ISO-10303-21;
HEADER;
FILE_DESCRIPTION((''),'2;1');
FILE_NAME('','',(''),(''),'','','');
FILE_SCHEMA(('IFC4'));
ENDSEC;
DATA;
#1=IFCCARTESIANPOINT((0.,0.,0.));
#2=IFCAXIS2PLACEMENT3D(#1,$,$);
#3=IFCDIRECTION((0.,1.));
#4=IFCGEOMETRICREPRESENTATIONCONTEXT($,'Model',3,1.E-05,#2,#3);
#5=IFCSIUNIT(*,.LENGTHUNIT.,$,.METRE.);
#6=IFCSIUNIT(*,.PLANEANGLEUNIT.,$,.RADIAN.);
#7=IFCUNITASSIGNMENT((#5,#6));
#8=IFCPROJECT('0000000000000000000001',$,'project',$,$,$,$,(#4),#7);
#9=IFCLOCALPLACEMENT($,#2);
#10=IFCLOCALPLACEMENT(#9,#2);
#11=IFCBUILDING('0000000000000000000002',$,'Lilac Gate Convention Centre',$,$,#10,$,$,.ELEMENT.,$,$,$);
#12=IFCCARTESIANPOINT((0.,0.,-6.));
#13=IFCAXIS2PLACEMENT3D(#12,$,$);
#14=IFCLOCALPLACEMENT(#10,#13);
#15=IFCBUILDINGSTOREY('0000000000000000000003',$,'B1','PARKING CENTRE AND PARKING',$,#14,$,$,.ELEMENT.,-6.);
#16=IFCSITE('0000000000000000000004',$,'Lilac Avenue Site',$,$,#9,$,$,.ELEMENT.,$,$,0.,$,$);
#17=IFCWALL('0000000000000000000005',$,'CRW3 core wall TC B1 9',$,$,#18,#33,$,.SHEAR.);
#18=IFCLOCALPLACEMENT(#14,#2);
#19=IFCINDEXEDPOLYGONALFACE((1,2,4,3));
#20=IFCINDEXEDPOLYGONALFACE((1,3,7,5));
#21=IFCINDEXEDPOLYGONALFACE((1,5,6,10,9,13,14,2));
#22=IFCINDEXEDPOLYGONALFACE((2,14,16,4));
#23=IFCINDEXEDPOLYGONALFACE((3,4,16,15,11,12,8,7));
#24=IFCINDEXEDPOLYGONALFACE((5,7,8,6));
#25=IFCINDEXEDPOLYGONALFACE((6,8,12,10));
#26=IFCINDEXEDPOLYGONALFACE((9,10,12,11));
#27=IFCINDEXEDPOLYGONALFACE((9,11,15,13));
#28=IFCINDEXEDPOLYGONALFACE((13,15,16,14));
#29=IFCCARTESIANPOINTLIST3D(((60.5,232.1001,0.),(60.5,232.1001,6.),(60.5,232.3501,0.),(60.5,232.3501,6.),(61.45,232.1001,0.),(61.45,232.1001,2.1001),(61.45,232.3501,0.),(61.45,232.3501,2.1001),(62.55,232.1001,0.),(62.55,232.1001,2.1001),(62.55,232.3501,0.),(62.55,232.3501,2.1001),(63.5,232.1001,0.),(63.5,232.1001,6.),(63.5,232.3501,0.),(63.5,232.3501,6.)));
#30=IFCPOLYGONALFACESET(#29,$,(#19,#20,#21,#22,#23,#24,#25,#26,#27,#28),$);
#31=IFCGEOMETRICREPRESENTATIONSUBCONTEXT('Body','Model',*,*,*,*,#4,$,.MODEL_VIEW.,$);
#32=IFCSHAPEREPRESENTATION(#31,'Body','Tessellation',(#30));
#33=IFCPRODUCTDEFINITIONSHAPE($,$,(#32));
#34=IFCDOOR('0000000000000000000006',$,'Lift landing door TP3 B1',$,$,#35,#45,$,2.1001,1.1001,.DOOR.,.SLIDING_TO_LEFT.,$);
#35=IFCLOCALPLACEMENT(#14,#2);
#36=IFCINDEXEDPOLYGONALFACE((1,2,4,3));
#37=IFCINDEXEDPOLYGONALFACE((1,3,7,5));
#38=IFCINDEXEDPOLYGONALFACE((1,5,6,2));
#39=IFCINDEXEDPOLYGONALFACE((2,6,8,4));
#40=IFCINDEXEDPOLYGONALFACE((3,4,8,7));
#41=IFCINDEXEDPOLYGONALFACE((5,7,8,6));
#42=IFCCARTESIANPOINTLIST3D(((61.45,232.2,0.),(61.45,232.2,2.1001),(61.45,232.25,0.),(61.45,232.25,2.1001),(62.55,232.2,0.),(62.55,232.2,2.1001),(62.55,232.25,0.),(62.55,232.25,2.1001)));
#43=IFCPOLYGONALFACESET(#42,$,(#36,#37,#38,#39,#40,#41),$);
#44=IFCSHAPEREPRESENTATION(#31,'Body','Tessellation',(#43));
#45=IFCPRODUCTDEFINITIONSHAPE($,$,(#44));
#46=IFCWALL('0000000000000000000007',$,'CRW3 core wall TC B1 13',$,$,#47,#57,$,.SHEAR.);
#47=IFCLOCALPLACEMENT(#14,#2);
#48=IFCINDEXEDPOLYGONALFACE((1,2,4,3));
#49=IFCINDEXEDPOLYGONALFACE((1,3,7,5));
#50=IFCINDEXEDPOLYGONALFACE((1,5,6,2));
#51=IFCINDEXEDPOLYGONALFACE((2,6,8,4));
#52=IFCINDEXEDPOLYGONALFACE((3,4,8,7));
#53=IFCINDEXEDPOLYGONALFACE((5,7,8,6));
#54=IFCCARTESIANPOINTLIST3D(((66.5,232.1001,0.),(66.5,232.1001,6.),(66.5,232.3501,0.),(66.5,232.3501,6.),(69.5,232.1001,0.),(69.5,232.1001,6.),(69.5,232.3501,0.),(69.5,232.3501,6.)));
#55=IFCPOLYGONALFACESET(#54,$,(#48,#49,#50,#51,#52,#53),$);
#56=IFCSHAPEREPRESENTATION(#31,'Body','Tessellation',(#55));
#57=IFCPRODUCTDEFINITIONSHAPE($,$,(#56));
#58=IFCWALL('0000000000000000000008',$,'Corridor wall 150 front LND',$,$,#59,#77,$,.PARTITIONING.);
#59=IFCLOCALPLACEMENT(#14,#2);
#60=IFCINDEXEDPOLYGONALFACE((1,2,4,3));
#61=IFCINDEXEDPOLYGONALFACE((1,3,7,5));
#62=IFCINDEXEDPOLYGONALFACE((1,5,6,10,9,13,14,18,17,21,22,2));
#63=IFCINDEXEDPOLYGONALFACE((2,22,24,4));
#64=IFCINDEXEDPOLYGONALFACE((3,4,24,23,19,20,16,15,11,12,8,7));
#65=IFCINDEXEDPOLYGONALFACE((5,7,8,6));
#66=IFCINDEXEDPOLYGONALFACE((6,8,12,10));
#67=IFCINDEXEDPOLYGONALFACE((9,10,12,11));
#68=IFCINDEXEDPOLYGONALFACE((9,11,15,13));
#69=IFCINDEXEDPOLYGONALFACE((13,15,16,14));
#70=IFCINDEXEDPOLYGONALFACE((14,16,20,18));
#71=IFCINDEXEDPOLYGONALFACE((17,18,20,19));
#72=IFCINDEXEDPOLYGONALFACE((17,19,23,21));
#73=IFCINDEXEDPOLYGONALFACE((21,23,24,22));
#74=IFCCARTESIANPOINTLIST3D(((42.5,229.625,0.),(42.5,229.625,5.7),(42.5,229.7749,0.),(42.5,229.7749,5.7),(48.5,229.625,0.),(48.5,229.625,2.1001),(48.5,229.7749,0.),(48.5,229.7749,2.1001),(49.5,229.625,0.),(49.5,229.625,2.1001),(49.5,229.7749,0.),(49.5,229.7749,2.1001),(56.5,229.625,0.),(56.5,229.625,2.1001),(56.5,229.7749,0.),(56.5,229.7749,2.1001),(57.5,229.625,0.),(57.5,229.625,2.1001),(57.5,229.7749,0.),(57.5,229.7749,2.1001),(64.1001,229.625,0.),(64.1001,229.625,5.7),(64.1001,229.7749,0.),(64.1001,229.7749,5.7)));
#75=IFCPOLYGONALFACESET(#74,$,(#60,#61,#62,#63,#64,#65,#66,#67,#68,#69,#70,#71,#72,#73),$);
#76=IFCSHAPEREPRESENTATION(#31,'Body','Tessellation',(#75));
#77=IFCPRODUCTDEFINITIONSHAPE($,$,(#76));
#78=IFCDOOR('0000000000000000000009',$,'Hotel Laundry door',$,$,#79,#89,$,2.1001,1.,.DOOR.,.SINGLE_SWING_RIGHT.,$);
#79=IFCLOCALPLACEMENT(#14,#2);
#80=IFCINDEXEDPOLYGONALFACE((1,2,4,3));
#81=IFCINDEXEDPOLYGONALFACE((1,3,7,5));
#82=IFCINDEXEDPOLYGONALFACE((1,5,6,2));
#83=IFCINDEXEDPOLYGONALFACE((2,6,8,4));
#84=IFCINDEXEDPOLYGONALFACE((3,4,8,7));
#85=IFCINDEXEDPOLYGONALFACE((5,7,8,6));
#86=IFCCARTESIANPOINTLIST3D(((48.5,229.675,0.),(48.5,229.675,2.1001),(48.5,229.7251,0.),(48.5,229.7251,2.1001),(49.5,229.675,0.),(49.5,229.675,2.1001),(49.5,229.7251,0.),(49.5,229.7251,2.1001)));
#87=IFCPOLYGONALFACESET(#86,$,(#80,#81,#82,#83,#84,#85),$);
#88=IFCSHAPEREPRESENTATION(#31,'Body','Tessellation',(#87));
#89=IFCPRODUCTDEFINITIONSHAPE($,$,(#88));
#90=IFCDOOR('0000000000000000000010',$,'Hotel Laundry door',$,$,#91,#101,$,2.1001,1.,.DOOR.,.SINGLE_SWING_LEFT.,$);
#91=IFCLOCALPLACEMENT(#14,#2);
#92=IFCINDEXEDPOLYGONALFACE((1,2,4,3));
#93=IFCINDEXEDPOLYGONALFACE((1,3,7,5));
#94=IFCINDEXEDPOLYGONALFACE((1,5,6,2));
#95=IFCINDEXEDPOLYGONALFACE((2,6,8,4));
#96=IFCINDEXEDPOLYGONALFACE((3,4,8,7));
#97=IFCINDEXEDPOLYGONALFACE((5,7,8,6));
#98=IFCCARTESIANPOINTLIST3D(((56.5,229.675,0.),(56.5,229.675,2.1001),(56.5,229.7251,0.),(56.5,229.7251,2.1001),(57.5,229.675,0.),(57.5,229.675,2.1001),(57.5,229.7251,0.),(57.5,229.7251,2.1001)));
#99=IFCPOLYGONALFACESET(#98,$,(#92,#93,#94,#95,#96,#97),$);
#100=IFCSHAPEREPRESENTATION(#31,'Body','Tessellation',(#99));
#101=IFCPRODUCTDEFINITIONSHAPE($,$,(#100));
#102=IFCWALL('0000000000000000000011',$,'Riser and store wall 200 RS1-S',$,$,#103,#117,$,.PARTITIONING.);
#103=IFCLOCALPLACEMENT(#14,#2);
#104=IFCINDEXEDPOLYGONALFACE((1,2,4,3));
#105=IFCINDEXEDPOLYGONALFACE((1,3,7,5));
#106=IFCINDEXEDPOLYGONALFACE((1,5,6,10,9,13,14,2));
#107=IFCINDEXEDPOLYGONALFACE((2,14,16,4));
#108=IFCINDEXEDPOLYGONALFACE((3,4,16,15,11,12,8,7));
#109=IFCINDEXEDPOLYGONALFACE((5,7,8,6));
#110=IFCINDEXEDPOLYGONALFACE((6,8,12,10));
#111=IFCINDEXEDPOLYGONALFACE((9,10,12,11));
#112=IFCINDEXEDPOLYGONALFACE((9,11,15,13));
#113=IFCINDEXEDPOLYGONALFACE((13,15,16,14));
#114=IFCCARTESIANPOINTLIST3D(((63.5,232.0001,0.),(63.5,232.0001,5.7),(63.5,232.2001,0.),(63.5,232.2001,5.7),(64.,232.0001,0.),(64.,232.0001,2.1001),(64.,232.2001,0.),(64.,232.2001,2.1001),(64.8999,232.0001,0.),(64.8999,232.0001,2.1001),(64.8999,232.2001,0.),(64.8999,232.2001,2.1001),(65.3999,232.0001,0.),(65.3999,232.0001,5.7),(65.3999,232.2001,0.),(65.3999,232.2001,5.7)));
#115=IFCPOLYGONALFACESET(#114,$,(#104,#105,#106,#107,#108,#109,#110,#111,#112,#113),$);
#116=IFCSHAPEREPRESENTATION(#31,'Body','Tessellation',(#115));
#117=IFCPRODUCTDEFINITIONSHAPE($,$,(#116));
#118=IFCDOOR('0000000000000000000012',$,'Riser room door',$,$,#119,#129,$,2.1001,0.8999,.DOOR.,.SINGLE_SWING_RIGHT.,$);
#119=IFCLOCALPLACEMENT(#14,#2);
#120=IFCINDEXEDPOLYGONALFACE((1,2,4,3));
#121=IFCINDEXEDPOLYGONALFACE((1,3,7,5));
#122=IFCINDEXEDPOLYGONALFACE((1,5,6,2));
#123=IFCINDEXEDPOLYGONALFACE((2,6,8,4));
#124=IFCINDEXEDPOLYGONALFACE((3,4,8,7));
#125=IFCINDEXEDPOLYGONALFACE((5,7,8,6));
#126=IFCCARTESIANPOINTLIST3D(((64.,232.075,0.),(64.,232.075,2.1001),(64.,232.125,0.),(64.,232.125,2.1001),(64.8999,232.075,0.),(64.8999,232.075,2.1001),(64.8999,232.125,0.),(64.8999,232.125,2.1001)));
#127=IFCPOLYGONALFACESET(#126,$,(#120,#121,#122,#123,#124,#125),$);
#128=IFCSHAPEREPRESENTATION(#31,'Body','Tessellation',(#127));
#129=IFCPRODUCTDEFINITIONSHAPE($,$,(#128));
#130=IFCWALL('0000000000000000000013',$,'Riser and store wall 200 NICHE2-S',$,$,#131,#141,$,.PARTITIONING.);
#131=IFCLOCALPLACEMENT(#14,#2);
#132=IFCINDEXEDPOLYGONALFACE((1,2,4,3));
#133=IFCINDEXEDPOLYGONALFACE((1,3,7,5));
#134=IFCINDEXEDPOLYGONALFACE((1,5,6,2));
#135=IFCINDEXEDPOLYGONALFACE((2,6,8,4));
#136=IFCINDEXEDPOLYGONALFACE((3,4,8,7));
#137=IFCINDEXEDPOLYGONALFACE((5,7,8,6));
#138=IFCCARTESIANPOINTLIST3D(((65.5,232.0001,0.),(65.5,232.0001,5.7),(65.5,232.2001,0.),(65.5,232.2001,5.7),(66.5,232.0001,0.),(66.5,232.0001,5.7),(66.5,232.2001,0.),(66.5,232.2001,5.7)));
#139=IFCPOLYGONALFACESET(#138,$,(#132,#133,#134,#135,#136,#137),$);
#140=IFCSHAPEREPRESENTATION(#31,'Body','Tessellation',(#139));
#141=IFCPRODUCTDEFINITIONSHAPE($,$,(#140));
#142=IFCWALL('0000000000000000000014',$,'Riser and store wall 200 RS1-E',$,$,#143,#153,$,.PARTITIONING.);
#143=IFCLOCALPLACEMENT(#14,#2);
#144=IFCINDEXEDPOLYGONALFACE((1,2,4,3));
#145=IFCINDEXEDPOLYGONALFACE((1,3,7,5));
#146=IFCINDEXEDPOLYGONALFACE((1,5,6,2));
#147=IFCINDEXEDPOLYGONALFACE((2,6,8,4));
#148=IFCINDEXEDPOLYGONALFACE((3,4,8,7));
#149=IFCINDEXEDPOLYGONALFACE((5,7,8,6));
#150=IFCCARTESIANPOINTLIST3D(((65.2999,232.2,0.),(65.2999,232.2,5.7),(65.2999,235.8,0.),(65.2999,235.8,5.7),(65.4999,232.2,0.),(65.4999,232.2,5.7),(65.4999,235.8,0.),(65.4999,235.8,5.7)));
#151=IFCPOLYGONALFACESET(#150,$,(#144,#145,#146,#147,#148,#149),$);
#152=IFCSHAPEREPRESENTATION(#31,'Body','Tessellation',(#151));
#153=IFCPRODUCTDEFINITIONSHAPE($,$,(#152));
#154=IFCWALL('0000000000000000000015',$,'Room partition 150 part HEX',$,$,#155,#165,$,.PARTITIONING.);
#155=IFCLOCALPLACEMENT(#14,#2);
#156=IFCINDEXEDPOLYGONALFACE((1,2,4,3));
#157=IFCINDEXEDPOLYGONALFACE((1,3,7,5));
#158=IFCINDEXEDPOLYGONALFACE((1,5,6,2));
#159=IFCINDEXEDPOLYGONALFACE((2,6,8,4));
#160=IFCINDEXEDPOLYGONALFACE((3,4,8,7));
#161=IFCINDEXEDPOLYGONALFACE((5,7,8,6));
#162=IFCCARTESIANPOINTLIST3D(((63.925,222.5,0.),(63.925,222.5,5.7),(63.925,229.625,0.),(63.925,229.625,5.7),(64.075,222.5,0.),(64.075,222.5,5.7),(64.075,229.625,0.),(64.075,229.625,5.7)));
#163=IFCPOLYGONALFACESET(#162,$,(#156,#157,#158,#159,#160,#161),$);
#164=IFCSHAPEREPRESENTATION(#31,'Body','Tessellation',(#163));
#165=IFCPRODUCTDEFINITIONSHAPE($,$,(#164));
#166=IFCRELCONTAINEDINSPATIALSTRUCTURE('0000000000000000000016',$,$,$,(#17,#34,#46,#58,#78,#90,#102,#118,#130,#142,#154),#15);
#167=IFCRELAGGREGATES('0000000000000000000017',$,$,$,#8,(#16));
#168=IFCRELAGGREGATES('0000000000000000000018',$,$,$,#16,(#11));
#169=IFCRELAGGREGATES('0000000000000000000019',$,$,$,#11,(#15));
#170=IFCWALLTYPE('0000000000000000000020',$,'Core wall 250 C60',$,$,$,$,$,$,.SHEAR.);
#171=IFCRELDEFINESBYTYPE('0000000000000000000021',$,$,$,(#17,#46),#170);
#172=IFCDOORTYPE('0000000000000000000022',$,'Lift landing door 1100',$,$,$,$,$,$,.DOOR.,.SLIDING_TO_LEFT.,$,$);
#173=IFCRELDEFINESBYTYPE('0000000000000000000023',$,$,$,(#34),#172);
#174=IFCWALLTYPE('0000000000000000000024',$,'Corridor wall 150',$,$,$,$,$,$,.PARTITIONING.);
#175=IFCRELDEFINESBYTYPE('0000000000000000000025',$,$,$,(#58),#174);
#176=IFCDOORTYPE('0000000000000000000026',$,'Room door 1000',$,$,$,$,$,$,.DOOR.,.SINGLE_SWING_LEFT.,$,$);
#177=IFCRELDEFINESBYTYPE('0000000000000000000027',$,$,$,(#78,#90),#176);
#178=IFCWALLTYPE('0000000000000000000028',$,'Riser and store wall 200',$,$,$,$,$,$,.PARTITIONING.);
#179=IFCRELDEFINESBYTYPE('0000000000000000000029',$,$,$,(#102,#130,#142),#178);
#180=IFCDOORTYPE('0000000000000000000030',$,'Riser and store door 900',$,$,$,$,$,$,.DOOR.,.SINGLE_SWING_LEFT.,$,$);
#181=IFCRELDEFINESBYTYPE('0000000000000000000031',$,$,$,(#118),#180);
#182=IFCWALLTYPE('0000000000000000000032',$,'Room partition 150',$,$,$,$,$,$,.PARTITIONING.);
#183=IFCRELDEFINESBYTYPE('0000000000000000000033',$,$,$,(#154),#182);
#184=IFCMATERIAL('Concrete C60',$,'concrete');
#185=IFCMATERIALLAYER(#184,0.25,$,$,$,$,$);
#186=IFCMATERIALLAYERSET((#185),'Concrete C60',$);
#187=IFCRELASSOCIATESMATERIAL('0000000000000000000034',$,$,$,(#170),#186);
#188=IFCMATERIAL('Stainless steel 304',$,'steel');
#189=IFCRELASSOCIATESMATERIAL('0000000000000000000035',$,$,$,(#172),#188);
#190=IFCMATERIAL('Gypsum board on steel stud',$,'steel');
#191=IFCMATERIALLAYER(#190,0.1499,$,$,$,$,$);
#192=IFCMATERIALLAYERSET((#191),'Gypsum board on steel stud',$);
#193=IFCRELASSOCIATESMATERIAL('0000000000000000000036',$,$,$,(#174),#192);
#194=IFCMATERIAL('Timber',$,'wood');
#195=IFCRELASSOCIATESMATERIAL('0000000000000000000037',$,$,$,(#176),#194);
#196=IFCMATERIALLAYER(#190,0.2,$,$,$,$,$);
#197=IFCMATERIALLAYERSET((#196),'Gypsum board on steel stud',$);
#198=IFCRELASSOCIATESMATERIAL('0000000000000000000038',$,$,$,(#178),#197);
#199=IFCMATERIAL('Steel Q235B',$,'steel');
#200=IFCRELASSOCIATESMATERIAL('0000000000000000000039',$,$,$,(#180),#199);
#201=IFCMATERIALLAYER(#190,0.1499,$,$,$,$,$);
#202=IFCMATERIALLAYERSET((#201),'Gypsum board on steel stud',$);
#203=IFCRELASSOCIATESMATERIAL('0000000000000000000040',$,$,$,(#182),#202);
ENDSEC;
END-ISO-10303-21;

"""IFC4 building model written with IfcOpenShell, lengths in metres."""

from ifc_helpers import new_model, si_unit, direction, frame, frame_2d, origin, place, context, subcontext, project, spatial, rectangle, extrude, material, layer, layer_set, type_object, element, fill, save


model = new_model("IFC4")

# Units and contexts
model_context = context("Model", 3, precision=1e-05, world=origin(), true_north=direction((0.0, 1.0)))
body_context = subcontext(model_context, "Body", "Model", "MODEL_VIEW")
ifc_project = project(units=[si_unit("LENGTHUNIT", "METRE"), si_unit("PLANEANGLEUNIT", "RADIAN")], contexts=[model_context])

# Site, building, storey
site_placement = place(None, origin())
site = spatial("IfcSite", under=ifc_project, at=site_placement, Name="Lilac Avenue Site", CompositionType="ELEMENT", RefElevation=0.0)
building_placement = place(site_placement, origin())
building = spatial("IfcBuilding", under=site, at=building_placement, Name="Lilac Gate Convention Centre", CompositionType="ELEMENT")
storey_placement = place(building_placement, frame((0.0, 0.0, -6.0)))
storey = spatial("IfcBuildingStorey", under=building, at=storey_placement, Name="B1", Description="PARKING CENTRE AND PARKING", CompositionType="ELEMENT", Elevation=-6.0)

# Wall, opening, door
ifc_material_1 = material(Name="Concrete C60", Category="concrete")
ifc_layer_1 = layer(ifc_material_1, 0.25)
ifc_layer_set_1 = layer_set([ifc_layer_1], Name="Concrete C60")
wall_type_1 = type_object("IfcWallType", Name="Core wall 250 C60", PredefinedType="SHEAR", material=ifc_layer_set_1)
ifc_material_2 = material(Name="Stainless steel 304", Category="steel")
door_type_1 = type_object("IfcDoorType", Name="Lift landing door 1100", OperationType="SLIDING_TO_LEFT", PredefinedType="DOOR", material=ifc_material_2)
wall_1_placement = place(storey_placement, frame((60.5, 232.2251, 0.0), z_axis=(0.0, 0.0, 1.0), x_axis=(1.0, 0.0, 0.0)))
wall_1 = element("IfcWall", 1, at=wall_1_placement, inside=storey, type_object=wall_type_1, Name="CRW3 core wall TC B1 9", PredefinedType="SHEAR", context=body_context, shape_type="SweptSolid", body=[
    extrude(rectangle(XDim=3.0, YDim=0.25, at=frame_2d((1.5, 0.0))), origin(), (0.0, 0.0, 1.0), 6.0),
])
opening_1_placement = place(wall_1_placement, frame((0.95, 0.0, 0.0)))
opening_1 = element("IfcOpeningElement", 2, at=opening_1_placement, cuts=wall_1, PredefinedType="OPENING", context=body_context, shape_type="SweptSolid", body=[
    extrude(rectangle(XDim=1.1001, YDim=2.1001, at=frame_2d((0.55, 1.05))), frame((0.0, 0.135, 0.0), z_axis=(0.0, -1.0, 0.0), x_axis=(1.0, 0.0, 0.0)), (0.0, 0.0, 1.0), 0.27),
])
door_1_placement = place(opening_1_placement, origin())
door_1 = element("IfcDoor", 3, at=door_1_placement, inside=storey, type_object=door_type_1, Name="Lift landing door TP3 B1", OperationType="SLIDING_TO_LEFT", OverallHeight=2.1001, OverallWidth=1.1001, PredefinedType="DOOR", context=body_context, shape_type="SweptSolid", body=[
    extrude(rectangle(XDim=1.1001, YDim=2.1001, at=frame_2d((0.55, 1.05))), frame((0.0, 0.0249, 0.0), z_axis=(0.0, -1.0, 0.0), x_axis=(1.0, 0.0, 0.0)), (0.0, 0.0, 1.0), 0.05),
])
fill(opening_1, door_1)

# Wall
wall_2_placement = place(storey_placement, frame((66.5, 232.2251, 0.0), z_axis=(0.0, 0.0, 1.0), x_axis=(1.0, 0.0, 0.0)))
element("IfcWall", 4, at=wall_2_placement, inside=storey, type_object=wall_type_1, Name="CRW3 core wall TC B1 13", PredefinedType="SHEAR", context=body_context, shape_type="SweptSolid", body=[
    extrude(rectangle(XDim=3.0, YDim=0.25, at=frame_2d((1.5, 0.0))), origin(), (0.0, 0.0, 1.0), 6.0),
])

# Wall, openings, doors
ifc_material_3 = material(Name="Gypsum board on steel stud", Category="steel")
ifc_layer_2 = layer(ifc_material_3, 0.1499)
ifc_layer_set_2 = layer_set([ifc_layer_2], Name="Gypsum board on steel stud")
wall_type_2 = type_object("IfcWallType", Name="Corridor wall 150", PredefinedType="PARTITIONING", material=ifc_layer_set_2)
wall_3_placement = place(storey_placement, frame((64.1001, 229.7, 0.0), z_axis=(0.0, 0.0, 1.0), x_axis=(-1.0, 0.0, 0.0)))
wall_3 = element("IfcWall", 5, at=wall_3_placement, inside=storey, type_object=wall_type_2, Name="Corridor wall 150 front LND", PredefinedType="PARTITIONING", context=body_context, shape_type="SweptSolid", body=[
    extrude(rectangle(XDim=21.6001, YDim=0.1499, at=frame_2d((10.8, 0.0))), origin(), (0.0, 0.0, 1.0), 5.7),
])
opening_2_placement = place(wall_3_placement, frame((14.6001, 0.0, 0.0)))
opening_2 = element("IfcOpeningElement", 6, at=opening_2_placement, cuts=wall_3, PredefinedType="OPENING", context=body_context, shape_type="SweptSolid", body=[
    extrude(rectangle(XDim=1.0, YDim=2.1001, at=frame_2d((0.5, 1.05))), frame((0.0, 0.085, 0.0), z_axis=(0.0, -1.0, 0.0), x_axis=(1.0, 0.0, 0.0)), (0.0, 0.0, 1.0), 0.1699),
])
opening_3_placement = place(wall_3_placement, frame((6.6001, 0.0, 0.0)))
opening_3 = element("IfcOpeningElement", 7, at=opening_3_placement, cuts=wall_3, PredefinedType="OPENING", context=body_context, shape_type="SweptSolid", body=[
    extrude(rectangle(XDim=1.0, YDim=2.1001, at=frame_2d((0.5, 1.05))), frame((0.0, 0.085, 0.0), z_axis=(0.0, -1.0, 0.0), x_axis=(1.0, 0.0, 0.0)), (0.0, 0.0, 1.0), 0.1699),
])
ifc_material_4 = material(Name="Timber", Category="wood")
door_type_2 = type_object("IfcDoorType", Name="Room door 1000", OperationType="SINGLE_SWING_LEFT", PredefinedType="DOOR", material=ifc_material_4)
door_2_placement = place(opening_2_placement, origin())
door_2 = element("IfcDoor", 8, at=door_2_placement, inside=storey, type_object=door_type_2, Name="Hotel Laundry door", OperationType="SINGLE_SWING_RIGHT", OverallHeight=2.1001, OverallWidth=1.0, PredefinedType="DOOR", context=body_context, shape_type="SweptSolid", body=[
    extrude(rectangle(XDim=1.0, YDim=2.1001, at=frame_2d((0.5, 1.05))), frame((0.0, 0.0249, 0.0), z_axis=(0.0, -1.0, 0.0), x_axis=(1.0, 0.0, 0.0)), (0.0, 0.0, 1.0), 0.05),
])
fill(opening_2, door_2)
door_3_placement = place(opening_3_placement, origin())
door_3 = element("IfcDoor", 9, at=door_3_placement, inside=storey, type_object=door_type_2, Name="Hotel Laundry door", OperationType="SINGLE_SWING_LEFT", OverallHeight=2.1001, OverallWidth=1.0, PredefinedType="DOOR", context=body_context, shape_type="SweptSolid", body=[
    extrude(rectangle(XDim=1.0, YDim=2.1001, at=frame_2d((0.5, 1.05))), frame((0.0, 0.0249, 0.0), z_axis=(0.0, -1.0, 0.0), x_axis=(1.0, 0.0, 0.0)), (0.0, 0.0, 1.0), 0.05),
])
fill(opening_3, door_3)

# Wall, opening, door
ifc_layer_3 = layer(ifc_material_3, 0.2)
ifc_layer_set_3 = layer_set([ifc_layer_3], Name="Gypsum board on steel stud")
wall_type_3 = type_object("IfcWallType", Name="Riser and store wall 200", PredefinedType="PARTITIONING", material=ifc_layer_set_3)
wall_4_placement = place(storey_placement, frame((63.5, 232.1001, 0.0), z_axis=(0.0, 0.0, 1.0), x_axis=(1.0, 0.0, 0.0)))
wall_4 = element("IfcWall", 10, at=wall_4_placement, inside=storey, type_object=wall_type_3, Name="Riser and store wall 200 RS1-S", PredefinedType="PARTITIONING", context=body_context, shape_type="SweptSolid", body=[
    extrude(rectangle(XDim=1.8999, YDim=0.2, at=frame_2d((0.95, 0.0))), origin(), (0.0, 0.0, 1.0), 5.7),
])
opening_4_placement = place(wall_4_placement, frame((0.5, 0.0, 0.0)))
opening_4 = element("IfcOpeningElement", 11, at=opening_4_placement, cuts=wall_4, PredefinedType="OPENING", context=body_context, shape_type="SweptSolid", body=[
    extrude(rectangle(XDim=0.8999, YDim=2.1001, at=frame_2d((0.45, 1.05))), frame((0.0, 0.1099, 0.0), z_axis=(0.0, -1.0, 0.0), x_axis=(1.0, 0.0, 0.0)), (0.0, 0.0, 1.0), 0.22),
])
ifc_material_5 = material(Name="Steel Q235B", Category="steel")
door_type_3 = type_object("IfcDoorType", Name="Riser and store door 900", OperationType="SINGLE_SWING_LEFT", PredefinedType="DOOR", material=ifc_material_5)
door_4_placement = place(opening_4_placement, origin())
door_4 = element("IfcDoor", 12, at=door_4_placement, inside=storey, type_object=door_type_3, Name="Riser room door", OperationType="SINGLE_SWING_RIGHT", OverallHeight=2.1001, OverallWidth=0.8999, PredefinedType="DOOR", context=body_context, shape_type="SweptSolid", body=[
    extrude(rectangle(XDim=0.8999, YDim=2.1001, at=frame_2d((0.45, 1.05))), frame((0.0, 0.0249, 0.0), z_axis=(0.0, -1.0, 0.0), x_axis=(1.0, 0.0, 0.0)), (0.0, 0.0, 1.0), 0.05),
])
fill(opening_4, door_4)

# Walls
wall_5_placement = place(storey_placement, frame((65.5, 232.1001, 0.0), z_axis=(0.0, 0.0, 1.0), x_axis=(1.0, 0.0, 0.0)))
element("IfcWall", 13, at=wall_5_placement, inside=storey, type_object=wall_type_3, Name="Riser and store wall 200 NICHE2-S", PredefinedType="PARTITIONING", context=body_context, shape_type="SweptSolid", body=[
    extrude(rectangle(XDim=1.0, YDim=0.2, at=frame_2d((0.5, 0.0))), origin(), (0.0, 0.0, 1.0), 5.7),
])
wall_6_placement = place(storey_placement, frame((65.3999, 232.2, 0.0), z_axis=(0.0, 0.0, 1.0), x_axis=(0.0, 1.0, 0.0)))
element("IfcWall", 14, at=wall_6_placement, inside=storey, type_object=wall_type_3, Name="Riser and store wall 200 RS1-E", PredefinedType="PARTITIONING", context=body_context, shape_type="SweptSolid", body=[
    extrude(rectangle(XDim=3.6001, YDim=0.2, at=frame_2d((1.8, 0.0))), origin(), (0.0, 0.0, 1.0), 5.7),
])
ifc_layer_4 = layer(ifc_material_3, 0.1499)
ifc_layer_set_4 = layer_set([ifc_layer_4], Name="Gypsum board on steel stud")
wall_type_4 = type_object("IfcWallType", Name="Room partition 150", PredefinedType="PARTITIONING", material=ifc_layer_set_4)
wall_7_placement = place(storey_placement, frame((64.0, 222.5, 0.0), z_axis=(0.0, 0.0, 1.0), x_axis=(0.0, 1.0, 0.0)))
element("IfcWall", 15, at=wall_7_placement, inside=storey, type_object=wall_type_4, Name="Room partition 150 part HEX", PredefinedType="PARTITIONING", context=body_context, shape_type="SweptSolid", body=[
    extrude(rectangle(XDim=7.125, YDim=0.1499, at=frame_2d((3.5625, 0.0))), origin(), (0.0, 0.0, 1.0), 5.7),
])

save(model, "model.ifc")
